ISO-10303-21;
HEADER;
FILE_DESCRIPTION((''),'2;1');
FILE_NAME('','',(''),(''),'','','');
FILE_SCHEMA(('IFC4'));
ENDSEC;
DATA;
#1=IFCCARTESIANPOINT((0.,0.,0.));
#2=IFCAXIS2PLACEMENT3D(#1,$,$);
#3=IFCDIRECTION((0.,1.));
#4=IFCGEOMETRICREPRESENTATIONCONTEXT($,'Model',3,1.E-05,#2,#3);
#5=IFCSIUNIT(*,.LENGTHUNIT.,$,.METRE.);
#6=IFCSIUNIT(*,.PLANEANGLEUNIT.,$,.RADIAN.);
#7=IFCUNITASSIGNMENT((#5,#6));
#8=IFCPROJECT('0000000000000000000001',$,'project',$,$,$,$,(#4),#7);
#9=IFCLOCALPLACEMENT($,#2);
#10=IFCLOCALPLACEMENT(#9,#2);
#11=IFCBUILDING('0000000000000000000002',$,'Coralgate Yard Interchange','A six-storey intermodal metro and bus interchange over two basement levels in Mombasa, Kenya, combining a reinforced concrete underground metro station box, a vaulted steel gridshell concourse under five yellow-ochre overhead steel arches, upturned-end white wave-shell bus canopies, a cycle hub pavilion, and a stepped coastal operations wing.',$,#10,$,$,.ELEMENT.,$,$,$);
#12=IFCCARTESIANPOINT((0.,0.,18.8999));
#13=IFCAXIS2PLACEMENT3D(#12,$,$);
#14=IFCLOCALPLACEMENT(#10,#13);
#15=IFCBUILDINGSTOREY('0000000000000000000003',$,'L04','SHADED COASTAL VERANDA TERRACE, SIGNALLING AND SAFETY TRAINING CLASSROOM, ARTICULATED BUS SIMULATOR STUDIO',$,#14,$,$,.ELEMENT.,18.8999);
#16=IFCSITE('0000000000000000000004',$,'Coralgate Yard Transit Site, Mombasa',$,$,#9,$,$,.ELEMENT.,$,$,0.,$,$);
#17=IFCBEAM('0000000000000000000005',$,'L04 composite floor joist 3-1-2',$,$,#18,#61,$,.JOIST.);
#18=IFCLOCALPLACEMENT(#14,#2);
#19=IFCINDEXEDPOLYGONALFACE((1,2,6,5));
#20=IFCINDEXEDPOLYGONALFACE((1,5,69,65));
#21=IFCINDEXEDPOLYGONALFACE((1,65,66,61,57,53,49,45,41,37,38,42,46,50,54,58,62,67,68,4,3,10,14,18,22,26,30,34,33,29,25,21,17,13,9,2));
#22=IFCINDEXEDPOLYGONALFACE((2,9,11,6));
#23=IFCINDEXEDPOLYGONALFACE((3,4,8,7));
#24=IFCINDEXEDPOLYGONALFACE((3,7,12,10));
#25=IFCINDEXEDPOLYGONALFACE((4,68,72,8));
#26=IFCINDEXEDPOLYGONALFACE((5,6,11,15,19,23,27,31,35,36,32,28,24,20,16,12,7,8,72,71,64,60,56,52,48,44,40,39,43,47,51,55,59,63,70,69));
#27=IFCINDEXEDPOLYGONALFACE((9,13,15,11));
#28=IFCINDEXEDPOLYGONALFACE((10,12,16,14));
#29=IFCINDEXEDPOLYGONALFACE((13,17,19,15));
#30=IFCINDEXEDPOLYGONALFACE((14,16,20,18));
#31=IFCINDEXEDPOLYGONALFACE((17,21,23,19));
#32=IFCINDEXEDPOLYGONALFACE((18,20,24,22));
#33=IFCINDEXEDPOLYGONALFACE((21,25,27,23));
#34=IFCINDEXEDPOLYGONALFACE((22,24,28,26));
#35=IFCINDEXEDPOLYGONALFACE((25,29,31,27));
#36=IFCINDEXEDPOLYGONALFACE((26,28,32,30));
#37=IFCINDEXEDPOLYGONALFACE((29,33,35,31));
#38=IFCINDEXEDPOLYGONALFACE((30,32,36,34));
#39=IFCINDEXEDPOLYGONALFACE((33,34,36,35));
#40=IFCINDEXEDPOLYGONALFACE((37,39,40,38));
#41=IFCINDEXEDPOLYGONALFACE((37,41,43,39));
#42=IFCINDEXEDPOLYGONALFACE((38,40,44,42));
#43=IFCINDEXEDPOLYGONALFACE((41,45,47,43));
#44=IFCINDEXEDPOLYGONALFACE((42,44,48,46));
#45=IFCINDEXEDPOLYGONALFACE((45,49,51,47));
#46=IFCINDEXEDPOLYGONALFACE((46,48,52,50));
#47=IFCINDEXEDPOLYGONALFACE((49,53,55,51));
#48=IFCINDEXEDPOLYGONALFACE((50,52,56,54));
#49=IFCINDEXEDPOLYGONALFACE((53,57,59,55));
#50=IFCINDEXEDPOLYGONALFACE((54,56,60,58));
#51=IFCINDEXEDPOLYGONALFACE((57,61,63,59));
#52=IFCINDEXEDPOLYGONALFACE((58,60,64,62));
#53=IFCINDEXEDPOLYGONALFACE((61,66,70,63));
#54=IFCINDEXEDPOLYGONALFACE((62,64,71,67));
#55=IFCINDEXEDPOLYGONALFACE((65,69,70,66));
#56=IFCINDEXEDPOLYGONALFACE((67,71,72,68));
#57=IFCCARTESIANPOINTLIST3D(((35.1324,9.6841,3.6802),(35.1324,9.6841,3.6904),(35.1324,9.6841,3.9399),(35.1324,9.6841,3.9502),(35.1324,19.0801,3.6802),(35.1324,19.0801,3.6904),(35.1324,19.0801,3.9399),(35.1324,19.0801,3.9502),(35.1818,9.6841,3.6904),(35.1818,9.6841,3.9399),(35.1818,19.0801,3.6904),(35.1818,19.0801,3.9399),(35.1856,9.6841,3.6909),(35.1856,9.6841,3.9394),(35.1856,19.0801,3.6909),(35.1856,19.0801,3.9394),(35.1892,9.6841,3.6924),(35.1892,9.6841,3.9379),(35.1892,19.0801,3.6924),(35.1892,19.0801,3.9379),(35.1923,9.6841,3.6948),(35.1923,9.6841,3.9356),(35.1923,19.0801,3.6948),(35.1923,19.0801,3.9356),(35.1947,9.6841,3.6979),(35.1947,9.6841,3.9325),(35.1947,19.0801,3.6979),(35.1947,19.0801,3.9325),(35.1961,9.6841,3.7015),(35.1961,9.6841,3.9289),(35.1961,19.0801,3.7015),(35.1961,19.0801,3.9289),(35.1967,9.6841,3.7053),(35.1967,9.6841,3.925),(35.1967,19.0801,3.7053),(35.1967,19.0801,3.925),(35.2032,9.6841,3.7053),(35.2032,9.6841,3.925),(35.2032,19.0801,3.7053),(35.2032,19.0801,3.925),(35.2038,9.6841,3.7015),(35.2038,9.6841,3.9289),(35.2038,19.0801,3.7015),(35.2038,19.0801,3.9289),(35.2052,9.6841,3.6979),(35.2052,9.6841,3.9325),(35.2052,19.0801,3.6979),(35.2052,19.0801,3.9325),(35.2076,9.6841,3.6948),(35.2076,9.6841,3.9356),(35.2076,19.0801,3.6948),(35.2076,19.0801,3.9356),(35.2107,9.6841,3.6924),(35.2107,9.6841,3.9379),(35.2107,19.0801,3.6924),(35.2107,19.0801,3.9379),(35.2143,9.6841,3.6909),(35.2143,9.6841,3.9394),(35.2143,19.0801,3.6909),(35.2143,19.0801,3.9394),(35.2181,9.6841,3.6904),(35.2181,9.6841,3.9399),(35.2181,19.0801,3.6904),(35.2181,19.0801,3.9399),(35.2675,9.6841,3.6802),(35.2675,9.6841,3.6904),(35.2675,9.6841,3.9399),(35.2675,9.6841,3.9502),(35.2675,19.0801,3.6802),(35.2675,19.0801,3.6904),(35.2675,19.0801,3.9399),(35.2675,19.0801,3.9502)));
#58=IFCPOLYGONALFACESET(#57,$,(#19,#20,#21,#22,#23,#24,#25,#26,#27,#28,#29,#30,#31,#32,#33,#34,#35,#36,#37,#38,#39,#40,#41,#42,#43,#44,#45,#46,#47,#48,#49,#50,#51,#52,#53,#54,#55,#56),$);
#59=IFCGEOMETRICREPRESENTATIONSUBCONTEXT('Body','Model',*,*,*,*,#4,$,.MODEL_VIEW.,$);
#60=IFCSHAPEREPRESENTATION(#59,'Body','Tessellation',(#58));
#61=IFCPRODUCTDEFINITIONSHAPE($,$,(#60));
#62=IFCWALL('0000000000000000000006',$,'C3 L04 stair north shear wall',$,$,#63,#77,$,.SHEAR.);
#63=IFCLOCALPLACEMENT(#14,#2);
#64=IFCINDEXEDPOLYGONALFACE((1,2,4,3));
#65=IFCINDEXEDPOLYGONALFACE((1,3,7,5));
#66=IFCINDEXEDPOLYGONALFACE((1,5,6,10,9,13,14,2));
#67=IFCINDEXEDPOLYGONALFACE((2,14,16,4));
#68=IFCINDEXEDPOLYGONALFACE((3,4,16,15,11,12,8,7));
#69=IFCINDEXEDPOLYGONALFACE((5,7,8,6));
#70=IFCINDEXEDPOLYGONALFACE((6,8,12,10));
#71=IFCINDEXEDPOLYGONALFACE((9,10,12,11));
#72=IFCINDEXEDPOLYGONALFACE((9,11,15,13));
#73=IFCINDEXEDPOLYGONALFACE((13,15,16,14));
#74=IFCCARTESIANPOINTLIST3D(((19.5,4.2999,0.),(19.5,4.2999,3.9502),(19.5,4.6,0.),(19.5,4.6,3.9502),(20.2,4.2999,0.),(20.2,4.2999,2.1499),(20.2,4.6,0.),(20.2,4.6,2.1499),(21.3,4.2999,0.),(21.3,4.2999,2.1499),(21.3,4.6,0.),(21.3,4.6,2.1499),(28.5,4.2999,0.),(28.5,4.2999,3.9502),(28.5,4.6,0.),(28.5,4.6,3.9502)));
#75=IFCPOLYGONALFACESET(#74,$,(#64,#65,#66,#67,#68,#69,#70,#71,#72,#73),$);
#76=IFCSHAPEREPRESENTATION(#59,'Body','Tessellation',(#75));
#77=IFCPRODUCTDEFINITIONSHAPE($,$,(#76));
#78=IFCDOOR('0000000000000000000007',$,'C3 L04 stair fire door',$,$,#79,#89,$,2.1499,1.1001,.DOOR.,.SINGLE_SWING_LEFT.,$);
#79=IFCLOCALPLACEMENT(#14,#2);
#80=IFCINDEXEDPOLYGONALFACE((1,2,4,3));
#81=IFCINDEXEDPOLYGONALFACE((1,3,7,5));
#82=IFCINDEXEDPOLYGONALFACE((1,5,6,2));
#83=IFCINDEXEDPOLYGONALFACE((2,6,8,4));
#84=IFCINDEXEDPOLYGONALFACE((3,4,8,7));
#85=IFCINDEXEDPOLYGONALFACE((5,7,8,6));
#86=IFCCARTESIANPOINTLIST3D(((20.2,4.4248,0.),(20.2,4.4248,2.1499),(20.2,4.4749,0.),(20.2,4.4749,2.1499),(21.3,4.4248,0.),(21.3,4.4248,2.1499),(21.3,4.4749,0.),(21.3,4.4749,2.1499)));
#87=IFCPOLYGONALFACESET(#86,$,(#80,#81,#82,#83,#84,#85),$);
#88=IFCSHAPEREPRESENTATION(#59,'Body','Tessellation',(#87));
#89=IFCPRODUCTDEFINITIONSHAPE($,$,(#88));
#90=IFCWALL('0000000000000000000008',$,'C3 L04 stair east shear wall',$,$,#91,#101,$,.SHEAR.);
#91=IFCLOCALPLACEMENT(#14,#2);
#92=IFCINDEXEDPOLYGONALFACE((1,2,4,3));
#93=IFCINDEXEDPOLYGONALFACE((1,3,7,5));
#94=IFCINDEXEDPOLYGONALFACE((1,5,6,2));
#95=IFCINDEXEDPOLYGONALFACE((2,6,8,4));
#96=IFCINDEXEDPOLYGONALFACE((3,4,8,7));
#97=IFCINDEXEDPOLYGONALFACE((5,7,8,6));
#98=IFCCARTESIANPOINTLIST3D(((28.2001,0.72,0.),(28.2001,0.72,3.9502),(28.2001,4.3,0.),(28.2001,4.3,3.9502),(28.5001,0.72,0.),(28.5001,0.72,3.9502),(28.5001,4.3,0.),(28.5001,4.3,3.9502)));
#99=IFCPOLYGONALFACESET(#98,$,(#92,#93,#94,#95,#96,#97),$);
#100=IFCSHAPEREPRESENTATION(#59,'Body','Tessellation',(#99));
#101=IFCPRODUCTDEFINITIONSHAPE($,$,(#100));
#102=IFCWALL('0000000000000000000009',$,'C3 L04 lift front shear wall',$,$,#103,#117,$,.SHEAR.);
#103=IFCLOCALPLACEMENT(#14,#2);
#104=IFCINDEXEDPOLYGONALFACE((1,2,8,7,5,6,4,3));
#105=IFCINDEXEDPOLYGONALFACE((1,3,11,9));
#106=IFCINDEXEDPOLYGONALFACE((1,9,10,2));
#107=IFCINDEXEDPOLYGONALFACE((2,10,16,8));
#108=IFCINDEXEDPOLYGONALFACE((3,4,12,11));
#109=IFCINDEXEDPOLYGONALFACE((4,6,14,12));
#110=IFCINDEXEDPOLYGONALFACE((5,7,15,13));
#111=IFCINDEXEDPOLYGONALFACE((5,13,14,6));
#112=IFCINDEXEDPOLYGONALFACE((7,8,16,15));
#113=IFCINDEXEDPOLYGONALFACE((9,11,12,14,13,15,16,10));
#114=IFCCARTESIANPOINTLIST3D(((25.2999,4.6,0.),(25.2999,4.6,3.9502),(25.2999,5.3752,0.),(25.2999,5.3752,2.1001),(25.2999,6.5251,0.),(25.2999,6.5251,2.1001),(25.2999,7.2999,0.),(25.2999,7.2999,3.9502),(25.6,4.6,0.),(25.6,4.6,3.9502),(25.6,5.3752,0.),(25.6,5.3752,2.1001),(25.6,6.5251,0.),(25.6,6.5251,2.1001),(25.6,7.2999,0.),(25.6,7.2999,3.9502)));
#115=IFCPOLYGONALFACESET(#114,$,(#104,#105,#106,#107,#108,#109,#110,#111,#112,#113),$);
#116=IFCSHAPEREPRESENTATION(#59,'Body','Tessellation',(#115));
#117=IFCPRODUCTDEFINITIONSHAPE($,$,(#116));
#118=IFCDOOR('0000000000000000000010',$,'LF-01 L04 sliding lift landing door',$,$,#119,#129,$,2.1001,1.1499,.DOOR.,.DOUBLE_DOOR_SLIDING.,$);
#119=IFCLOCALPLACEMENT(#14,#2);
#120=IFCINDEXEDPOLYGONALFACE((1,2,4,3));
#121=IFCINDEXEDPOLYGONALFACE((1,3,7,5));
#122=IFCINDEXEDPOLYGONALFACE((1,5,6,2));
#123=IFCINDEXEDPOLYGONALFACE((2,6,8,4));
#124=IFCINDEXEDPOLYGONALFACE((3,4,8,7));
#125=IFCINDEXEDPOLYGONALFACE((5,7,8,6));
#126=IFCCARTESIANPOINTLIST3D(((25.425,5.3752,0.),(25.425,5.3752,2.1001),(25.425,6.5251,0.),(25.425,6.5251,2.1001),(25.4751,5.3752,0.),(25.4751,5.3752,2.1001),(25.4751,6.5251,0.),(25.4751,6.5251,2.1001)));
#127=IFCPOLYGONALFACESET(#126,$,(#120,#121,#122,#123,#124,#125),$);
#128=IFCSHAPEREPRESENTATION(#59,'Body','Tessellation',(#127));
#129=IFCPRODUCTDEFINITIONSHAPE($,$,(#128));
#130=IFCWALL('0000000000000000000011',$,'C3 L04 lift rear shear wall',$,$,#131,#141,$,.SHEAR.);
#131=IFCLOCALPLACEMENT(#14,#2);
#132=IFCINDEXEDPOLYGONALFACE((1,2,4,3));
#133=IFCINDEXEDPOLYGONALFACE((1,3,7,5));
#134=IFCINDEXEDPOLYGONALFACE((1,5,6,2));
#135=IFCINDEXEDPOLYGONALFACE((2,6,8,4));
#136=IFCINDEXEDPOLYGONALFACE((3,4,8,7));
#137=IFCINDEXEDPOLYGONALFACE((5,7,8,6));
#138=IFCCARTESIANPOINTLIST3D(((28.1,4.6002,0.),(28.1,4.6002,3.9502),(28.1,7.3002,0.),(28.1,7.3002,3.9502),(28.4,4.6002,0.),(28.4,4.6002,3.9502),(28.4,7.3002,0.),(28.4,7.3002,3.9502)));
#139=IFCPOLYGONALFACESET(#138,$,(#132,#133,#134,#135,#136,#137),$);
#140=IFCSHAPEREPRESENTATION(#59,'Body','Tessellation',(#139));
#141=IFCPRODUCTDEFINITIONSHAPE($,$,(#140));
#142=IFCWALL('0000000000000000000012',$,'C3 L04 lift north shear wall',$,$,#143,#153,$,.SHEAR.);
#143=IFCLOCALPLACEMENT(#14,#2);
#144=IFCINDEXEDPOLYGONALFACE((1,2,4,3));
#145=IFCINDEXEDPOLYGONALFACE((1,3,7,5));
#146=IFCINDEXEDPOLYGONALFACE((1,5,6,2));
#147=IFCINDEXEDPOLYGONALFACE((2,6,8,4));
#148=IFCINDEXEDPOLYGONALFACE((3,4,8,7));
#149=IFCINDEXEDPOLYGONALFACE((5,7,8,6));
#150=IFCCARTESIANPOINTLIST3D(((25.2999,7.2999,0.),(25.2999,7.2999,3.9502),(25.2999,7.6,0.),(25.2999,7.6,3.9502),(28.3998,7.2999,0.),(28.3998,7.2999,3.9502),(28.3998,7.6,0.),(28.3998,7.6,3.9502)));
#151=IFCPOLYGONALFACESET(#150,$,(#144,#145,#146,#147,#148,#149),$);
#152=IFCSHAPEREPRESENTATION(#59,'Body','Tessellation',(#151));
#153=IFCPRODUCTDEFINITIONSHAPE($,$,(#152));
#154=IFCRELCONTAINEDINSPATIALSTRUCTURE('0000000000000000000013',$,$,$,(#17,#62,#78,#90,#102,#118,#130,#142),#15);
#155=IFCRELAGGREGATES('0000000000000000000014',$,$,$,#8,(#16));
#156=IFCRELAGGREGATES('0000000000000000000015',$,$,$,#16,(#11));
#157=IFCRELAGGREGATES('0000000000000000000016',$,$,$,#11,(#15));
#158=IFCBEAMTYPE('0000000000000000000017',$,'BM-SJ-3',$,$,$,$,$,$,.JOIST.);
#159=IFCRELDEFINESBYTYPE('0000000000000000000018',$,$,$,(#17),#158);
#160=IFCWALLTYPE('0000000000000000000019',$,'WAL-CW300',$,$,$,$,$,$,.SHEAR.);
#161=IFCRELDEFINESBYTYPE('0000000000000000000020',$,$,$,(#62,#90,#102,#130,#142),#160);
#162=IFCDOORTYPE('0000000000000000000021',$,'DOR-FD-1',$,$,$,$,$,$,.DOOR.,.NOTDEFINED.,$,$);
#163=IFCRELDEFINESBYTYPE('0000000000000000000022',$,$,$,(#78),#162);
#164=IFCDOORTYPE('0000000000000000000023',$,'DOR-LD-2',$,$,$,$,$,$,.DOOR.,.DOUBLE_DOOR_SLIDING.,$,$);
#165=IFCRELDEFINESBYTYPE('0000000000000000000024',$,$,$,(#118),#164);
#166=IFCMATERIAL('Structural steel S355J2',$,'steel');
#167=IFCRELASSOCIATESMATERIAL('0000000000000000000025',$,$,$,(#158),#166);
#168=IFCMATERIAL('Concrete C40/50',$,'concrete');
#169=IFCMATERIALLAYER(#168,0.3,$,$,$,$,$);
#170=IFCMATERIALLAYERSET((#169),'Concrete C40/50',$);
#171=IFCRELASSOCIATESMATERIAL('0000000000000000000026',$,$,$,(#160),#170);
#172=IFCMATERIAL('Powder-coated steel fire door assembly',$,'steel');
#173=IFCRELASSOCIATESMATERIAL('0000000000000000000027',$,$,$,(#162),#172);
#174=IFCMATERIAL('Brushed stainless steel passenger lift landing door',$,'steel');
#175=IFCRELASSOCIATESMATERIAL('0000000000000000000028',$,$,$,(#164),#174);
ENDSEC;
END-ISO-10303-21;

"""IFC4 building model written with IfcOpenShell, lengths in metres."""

from ifc_helpers import new_model, si_unit, direction, frame, frame_2d, origin, origin_2d, place, context, subcontext, project, spatial, rectangle, i_section, extrude, material, layer, layer_set, material_profile, profile_set, type_object, element, fill, save


model = new_model("IFC4")

# Units and contexts
model_context = context("Model", 3, precision=1e-05, world=origin(), true_north=direction((0.0, 1.0)))
body_context = subcontext(model_context, "Body", "Model", "MODEL_VIEW")
ifc_project = project(units=[si_unit("LENGTHUNIT", "METRE"), si_unit("PLANEANGLEUNIT", "RADIAN")], contexts=[model_context])

# Site, building, storey
site_placement = place(None, origin())
site = spatial("IfcSite", under=ifc_project, at=site_placement, Name="Coralgate Yard Transit Site, Mombasa", CompositionType="ELEMENT", RefElevation=0.0)
building_placement = place(site_placement, origin())
building = spatial("IfcBuilding", under=site, at=building_placement, Name="Coralgate Yard Interchange", Description="A six-storey intermodal metro and bus interchange over two basement levels in Mombasa, Kenya, combining a reinforced concrete underground metro station box, a vaulted steel gridshell concourse under five yellow-ochre overhead steel arches, upturned-end white wave-shell bus canopies, a cycle hub pavilion, and a stepped coastal operations wing.", CompositionType="ELEMENT")
storey_placement = place(building_placement, frame((0.0, 0.0, 18.8999)))
storey = spatial("IfcBuildingStorey", under=building, at=storey_placement, Name="L04", Description="SHADED COASTAL VERANDA TERRACE, SIGNALLING AND SAFETY TRAINING CLASSROOM, ARTICULATED BUS SIMULATOR STUDIO", CompositionType="ELEMENT", Elevation=18.8999)

# Shared definitions
ifc_material_1 = material(Name="Structural steel S355J2", Category="steel")

# Beam
ifc_material_profile_1 = material_profile(ifc_material_1, i_section(OverallWidth=0.135, OverallDepth=0.27, WebThickness=0.0066, FlangeThickness=0.0103, FilletRadius=0.0149, at=origin_2d()), Name="IPE 270")
ifc_profile_set_1 = profile_set([ifc_material_profile_1], Name="Structural steel S355J2")
beam_type_1 = type_object("IfcBeamType", Name="BM-SJ-3", PredefinedType="JOIST", material=ifc_profile_set_1)
for number, where, z_axis, x_axis, name in (
    (1, (35.2, 9.6841, 3.8152), (0.0, 1.0, 0.0), (-1.0, 0.0, 0.0), "L04 composite floor joist 3-1-2"),
):
    element("IfcBeam", number, at=place(storey_placement, frame(where, z_axis=z_axis, x_axis=x_axis)), inside=storey, type_object=beam_type_1, Name=name, PredefinedType="JOIST", context=body_context, shape_type="SweptSolid", body=[
        extrude(i_section(OverallWidth=0.135, OverallDepth=0.27, WebThickness=0.0066, FlangeThickness=0.0103, FilletRadius=0.0149, at=origin_2d()), origin(), (0.0, 0.0, 1.0), 9.396),
    ])

# Wall, opening, door
ifc_material_2 = material(Name="Concrete C40/50", Category="concrete")
ifc_layer_1 = layer(ifc_material_2, 0.3)
ifc_layer_set_1 = layer_set([ifc_layer_1], Name="Concrete C40/50")
wall_type_1 = type_object("IfcWallType", Name="WAL-CW300", PredefinedType="SHEAR", material=ifc_layer_set_1)
wall_1_placement = place(storey_placement, frame((28.5, 4.45, 0.0), z_axis=(0.0, 0.0, 1.0), x_axis=(-1.0, 0.0, 0.0)))
wall_1 = element("IfcWall", 2, at=wall_1_placement, inside=storey, type_object=wall_type_1, Name="C3 L04 stair north shear wall", PredefinedType="SHEAR", context=body_context, shape_type="SweptSolid", body=[
    extrude(rectangle(XDim=9.0, YDim=0.3, at=frame_2d((4.5, 0.0))), origin(), (0.0, 0.0, 1.0), 3.9502),
])
opening_1_placement = place(wall_1_placement, frame((7.2, 0.0, 0.0)))
opening_1 = element("IfcOpeningElement", 3, at=opening_1_placement, cuts=wall_1, PredefinedType="OPENING", context=body_context, shape_type="SweptSolid", body=[
    extrude(rectangle(XDim=1.1001, YDim=2.1499, at=frame_2d((0.55, 1.075))), frame((0.0, 0.1599, 0.0), z_axis=(0.0, -1.0, 0.0), x_axis=(1.0, 0.0, 0.0)), (0.0, 0.0, 1.0), 0.3201),
])
ifc_material_3 = material(Name="Powder-coated steel fire door assembly", Category="steel")
door_type_1 = type_object("IfcDoorType", Name="DOR-FD-1", OperationType="NOTDEFINED", PredefinedType="DOOR", material=ifc_material_3)
door_1_placement = place(opening_1_placement, frame((1.1001, 0.0, 0.0), z_axis=(0.0, 0.0, 1.0), x_axis=(-1.0, 0.0, 0.0)))
door_1 = element("IfcDoor", 4, at=door_1_placement, inside=storey, type_object=door_type_1, Name="C3 L04 stair fire door", OperationType="SINGLE_SWING_LEFT", OverallHeight=2.1499, OverallWidth=1.1001, PredefinedType="DOOR", context=body_context, shape_type="SweptSolid", body=[
    extrude(rectangle(XDim=1.1001, YDim=2.1499, at=frame_2d((0.55, 1.075))), frame((0.0, 0.0249, 0.0), z_axis=(0.0, -1.0, 0.0), x_axis=(1.0, 0.0, 0.0)), (0.0, 0.0, 1.0), 0.05),
])
fill(opening_1, door_1)

# Wall
wall_2_placement = place(storey_placement, frame((28.3501, 4.3, 0.0), z_axis=(0.0, 0.0, 1.0), x_axis=(0.0, -1.0, 0.0)))
element("IfcWall", 5, at=wall_2_placement, inside=storey, type_object=wall_type_1, Name="C3 L04 stair east shear wall", PredefinedType="SHEAR", context=body_context, shape_type="SweptSolid", body=[
    extrude(rectangle(XDim=3.5801, YDim=0.3, at=frame_2d((1.79, 0.0))), origin(), (0.0, 0.0, 1.0), 3.9502),
])

# Wall, opening, door
wall_3_placement = place(storey_placement, frame((25.45, 7.3, 0.0), z_axis=(0.0, 0.0, 1.0), x_axis=(0.0, -1.0, 0.0)))
wall_3 = element("IfcWall", 6, at=wall_3_placement, inside=storey, type_object=wall_type_1, Name="C3 L04 lift front shear wall", PredefinedType="SHEAR", context=body_context, shape_type="SweptSolid", body=[
    extrude(rectangle(XDim=2.7, YDim=0.3, at=frame_2d((1.3501, 0.0))), origin(), (0.0, 0.0, 1.0), 3.9502),
])
opening_2_placement = place(wall_3_placement, frame((0.7749, 0.0, 0.0)))
opening_2 = element("IfcOpeningElement", 7, at=opening_2_placement, cuts=wall_3, PredefinedType="OPENING", context=body_context, shape_type="SweptSolid", body=[
    extrude(rectangle(XDim=1.1499, YDim=2.1001, at=frame_2d((0.575, 1.05))), frame((0.0, 0.1599, 0.0), z_axis=(0.0, -1.0, 0.0), x_axis=(1.0, 0.0, 0.0)), (0.0, 0.0, 1.0), 0.3201),
])
ifc_material_4 = material(Name="Brushed stainless steel passenger lift landing door", Category="steel")
door_type_2 = type_object("IfcDoorType", Name="DOR-LD-2", OperationType="DOUBLE_DOOR_SLIDING", PredefinedType="DOOR", material=ifc_material_4)
door_2_placement = place(opening_2_placement, frame((1.1499, 0.0, 0.0), z_axis=(0.0, 0.0, 1.0), x_axis=(-1.0, 0.0, 0.0)))
door_2 = element("IfcDoor", 8, at=door_2_placement, inside=storey, type_object=door_type_2, Name="LF-01 L04 sliding lift landing door", OperationType="DOUBLE_DOOR_SLIDING", OverallHeight=2.1001, OverallWidth=1.1499, PredefinedType="DOOR", context=body_context, shape_type="SweptSolid", body=[
    extrude(rectangle(XDim=1.1499, YDim=2.1001, at=frame_2d((0.575, 1.05))), frame((0.0, 0.0249, 0.0), z_axis=(0.0, -1.0, 0.0), x_axis=(1.0, 0.0, 0.0)), (0.0, 0.0, 1.0), 0.05),
])
fill(opening_2, door_2)

# Walls
wall_4_placement = place(storey_placement, frame((28.25, 4.6001, 0.0), z_axis=(0.0, 0.0, 1.0), x_axis=(0.0, 1.0, 0.0)))
element("IfcWall", 9, at=wall_4_placement, inside=storey, type_object=wall_type_1, Name="C3 L04 lift rear shear wall", PredefinedType="SHEAR", context=body_context, shape_type="SweptSolid", body=[
    extrude(rectangle(XDim=2.7, YDim=0.3, at=frame_2d((1.3501, 0.0))), origin(), (0.0, 0.0, 1.0), 3.9502),
])
wall_5_placement = place(storey_placement, frame((25.3, 7.45, 0.0), z_axis=(0.0, 0.0, 1.0), x_axis=(1.0, 0.0, 0.0)))
element("IfcWall", 10, at=wall_5_placement, inside=storey, type_object=wall_type_1, Name="C3 L04 lift north shear wall", PredefinedType="SHEAR", context=body_context, shape_type="SweptSolid", body=[
    extrude(rectangle(XDim=3.0999, YDim=0.3, at=frame_2d((1.5498, 0.0))), origin(), (0.0, 0.0, 1.0), 3.9502),
])

save(model, "model.ifc")
